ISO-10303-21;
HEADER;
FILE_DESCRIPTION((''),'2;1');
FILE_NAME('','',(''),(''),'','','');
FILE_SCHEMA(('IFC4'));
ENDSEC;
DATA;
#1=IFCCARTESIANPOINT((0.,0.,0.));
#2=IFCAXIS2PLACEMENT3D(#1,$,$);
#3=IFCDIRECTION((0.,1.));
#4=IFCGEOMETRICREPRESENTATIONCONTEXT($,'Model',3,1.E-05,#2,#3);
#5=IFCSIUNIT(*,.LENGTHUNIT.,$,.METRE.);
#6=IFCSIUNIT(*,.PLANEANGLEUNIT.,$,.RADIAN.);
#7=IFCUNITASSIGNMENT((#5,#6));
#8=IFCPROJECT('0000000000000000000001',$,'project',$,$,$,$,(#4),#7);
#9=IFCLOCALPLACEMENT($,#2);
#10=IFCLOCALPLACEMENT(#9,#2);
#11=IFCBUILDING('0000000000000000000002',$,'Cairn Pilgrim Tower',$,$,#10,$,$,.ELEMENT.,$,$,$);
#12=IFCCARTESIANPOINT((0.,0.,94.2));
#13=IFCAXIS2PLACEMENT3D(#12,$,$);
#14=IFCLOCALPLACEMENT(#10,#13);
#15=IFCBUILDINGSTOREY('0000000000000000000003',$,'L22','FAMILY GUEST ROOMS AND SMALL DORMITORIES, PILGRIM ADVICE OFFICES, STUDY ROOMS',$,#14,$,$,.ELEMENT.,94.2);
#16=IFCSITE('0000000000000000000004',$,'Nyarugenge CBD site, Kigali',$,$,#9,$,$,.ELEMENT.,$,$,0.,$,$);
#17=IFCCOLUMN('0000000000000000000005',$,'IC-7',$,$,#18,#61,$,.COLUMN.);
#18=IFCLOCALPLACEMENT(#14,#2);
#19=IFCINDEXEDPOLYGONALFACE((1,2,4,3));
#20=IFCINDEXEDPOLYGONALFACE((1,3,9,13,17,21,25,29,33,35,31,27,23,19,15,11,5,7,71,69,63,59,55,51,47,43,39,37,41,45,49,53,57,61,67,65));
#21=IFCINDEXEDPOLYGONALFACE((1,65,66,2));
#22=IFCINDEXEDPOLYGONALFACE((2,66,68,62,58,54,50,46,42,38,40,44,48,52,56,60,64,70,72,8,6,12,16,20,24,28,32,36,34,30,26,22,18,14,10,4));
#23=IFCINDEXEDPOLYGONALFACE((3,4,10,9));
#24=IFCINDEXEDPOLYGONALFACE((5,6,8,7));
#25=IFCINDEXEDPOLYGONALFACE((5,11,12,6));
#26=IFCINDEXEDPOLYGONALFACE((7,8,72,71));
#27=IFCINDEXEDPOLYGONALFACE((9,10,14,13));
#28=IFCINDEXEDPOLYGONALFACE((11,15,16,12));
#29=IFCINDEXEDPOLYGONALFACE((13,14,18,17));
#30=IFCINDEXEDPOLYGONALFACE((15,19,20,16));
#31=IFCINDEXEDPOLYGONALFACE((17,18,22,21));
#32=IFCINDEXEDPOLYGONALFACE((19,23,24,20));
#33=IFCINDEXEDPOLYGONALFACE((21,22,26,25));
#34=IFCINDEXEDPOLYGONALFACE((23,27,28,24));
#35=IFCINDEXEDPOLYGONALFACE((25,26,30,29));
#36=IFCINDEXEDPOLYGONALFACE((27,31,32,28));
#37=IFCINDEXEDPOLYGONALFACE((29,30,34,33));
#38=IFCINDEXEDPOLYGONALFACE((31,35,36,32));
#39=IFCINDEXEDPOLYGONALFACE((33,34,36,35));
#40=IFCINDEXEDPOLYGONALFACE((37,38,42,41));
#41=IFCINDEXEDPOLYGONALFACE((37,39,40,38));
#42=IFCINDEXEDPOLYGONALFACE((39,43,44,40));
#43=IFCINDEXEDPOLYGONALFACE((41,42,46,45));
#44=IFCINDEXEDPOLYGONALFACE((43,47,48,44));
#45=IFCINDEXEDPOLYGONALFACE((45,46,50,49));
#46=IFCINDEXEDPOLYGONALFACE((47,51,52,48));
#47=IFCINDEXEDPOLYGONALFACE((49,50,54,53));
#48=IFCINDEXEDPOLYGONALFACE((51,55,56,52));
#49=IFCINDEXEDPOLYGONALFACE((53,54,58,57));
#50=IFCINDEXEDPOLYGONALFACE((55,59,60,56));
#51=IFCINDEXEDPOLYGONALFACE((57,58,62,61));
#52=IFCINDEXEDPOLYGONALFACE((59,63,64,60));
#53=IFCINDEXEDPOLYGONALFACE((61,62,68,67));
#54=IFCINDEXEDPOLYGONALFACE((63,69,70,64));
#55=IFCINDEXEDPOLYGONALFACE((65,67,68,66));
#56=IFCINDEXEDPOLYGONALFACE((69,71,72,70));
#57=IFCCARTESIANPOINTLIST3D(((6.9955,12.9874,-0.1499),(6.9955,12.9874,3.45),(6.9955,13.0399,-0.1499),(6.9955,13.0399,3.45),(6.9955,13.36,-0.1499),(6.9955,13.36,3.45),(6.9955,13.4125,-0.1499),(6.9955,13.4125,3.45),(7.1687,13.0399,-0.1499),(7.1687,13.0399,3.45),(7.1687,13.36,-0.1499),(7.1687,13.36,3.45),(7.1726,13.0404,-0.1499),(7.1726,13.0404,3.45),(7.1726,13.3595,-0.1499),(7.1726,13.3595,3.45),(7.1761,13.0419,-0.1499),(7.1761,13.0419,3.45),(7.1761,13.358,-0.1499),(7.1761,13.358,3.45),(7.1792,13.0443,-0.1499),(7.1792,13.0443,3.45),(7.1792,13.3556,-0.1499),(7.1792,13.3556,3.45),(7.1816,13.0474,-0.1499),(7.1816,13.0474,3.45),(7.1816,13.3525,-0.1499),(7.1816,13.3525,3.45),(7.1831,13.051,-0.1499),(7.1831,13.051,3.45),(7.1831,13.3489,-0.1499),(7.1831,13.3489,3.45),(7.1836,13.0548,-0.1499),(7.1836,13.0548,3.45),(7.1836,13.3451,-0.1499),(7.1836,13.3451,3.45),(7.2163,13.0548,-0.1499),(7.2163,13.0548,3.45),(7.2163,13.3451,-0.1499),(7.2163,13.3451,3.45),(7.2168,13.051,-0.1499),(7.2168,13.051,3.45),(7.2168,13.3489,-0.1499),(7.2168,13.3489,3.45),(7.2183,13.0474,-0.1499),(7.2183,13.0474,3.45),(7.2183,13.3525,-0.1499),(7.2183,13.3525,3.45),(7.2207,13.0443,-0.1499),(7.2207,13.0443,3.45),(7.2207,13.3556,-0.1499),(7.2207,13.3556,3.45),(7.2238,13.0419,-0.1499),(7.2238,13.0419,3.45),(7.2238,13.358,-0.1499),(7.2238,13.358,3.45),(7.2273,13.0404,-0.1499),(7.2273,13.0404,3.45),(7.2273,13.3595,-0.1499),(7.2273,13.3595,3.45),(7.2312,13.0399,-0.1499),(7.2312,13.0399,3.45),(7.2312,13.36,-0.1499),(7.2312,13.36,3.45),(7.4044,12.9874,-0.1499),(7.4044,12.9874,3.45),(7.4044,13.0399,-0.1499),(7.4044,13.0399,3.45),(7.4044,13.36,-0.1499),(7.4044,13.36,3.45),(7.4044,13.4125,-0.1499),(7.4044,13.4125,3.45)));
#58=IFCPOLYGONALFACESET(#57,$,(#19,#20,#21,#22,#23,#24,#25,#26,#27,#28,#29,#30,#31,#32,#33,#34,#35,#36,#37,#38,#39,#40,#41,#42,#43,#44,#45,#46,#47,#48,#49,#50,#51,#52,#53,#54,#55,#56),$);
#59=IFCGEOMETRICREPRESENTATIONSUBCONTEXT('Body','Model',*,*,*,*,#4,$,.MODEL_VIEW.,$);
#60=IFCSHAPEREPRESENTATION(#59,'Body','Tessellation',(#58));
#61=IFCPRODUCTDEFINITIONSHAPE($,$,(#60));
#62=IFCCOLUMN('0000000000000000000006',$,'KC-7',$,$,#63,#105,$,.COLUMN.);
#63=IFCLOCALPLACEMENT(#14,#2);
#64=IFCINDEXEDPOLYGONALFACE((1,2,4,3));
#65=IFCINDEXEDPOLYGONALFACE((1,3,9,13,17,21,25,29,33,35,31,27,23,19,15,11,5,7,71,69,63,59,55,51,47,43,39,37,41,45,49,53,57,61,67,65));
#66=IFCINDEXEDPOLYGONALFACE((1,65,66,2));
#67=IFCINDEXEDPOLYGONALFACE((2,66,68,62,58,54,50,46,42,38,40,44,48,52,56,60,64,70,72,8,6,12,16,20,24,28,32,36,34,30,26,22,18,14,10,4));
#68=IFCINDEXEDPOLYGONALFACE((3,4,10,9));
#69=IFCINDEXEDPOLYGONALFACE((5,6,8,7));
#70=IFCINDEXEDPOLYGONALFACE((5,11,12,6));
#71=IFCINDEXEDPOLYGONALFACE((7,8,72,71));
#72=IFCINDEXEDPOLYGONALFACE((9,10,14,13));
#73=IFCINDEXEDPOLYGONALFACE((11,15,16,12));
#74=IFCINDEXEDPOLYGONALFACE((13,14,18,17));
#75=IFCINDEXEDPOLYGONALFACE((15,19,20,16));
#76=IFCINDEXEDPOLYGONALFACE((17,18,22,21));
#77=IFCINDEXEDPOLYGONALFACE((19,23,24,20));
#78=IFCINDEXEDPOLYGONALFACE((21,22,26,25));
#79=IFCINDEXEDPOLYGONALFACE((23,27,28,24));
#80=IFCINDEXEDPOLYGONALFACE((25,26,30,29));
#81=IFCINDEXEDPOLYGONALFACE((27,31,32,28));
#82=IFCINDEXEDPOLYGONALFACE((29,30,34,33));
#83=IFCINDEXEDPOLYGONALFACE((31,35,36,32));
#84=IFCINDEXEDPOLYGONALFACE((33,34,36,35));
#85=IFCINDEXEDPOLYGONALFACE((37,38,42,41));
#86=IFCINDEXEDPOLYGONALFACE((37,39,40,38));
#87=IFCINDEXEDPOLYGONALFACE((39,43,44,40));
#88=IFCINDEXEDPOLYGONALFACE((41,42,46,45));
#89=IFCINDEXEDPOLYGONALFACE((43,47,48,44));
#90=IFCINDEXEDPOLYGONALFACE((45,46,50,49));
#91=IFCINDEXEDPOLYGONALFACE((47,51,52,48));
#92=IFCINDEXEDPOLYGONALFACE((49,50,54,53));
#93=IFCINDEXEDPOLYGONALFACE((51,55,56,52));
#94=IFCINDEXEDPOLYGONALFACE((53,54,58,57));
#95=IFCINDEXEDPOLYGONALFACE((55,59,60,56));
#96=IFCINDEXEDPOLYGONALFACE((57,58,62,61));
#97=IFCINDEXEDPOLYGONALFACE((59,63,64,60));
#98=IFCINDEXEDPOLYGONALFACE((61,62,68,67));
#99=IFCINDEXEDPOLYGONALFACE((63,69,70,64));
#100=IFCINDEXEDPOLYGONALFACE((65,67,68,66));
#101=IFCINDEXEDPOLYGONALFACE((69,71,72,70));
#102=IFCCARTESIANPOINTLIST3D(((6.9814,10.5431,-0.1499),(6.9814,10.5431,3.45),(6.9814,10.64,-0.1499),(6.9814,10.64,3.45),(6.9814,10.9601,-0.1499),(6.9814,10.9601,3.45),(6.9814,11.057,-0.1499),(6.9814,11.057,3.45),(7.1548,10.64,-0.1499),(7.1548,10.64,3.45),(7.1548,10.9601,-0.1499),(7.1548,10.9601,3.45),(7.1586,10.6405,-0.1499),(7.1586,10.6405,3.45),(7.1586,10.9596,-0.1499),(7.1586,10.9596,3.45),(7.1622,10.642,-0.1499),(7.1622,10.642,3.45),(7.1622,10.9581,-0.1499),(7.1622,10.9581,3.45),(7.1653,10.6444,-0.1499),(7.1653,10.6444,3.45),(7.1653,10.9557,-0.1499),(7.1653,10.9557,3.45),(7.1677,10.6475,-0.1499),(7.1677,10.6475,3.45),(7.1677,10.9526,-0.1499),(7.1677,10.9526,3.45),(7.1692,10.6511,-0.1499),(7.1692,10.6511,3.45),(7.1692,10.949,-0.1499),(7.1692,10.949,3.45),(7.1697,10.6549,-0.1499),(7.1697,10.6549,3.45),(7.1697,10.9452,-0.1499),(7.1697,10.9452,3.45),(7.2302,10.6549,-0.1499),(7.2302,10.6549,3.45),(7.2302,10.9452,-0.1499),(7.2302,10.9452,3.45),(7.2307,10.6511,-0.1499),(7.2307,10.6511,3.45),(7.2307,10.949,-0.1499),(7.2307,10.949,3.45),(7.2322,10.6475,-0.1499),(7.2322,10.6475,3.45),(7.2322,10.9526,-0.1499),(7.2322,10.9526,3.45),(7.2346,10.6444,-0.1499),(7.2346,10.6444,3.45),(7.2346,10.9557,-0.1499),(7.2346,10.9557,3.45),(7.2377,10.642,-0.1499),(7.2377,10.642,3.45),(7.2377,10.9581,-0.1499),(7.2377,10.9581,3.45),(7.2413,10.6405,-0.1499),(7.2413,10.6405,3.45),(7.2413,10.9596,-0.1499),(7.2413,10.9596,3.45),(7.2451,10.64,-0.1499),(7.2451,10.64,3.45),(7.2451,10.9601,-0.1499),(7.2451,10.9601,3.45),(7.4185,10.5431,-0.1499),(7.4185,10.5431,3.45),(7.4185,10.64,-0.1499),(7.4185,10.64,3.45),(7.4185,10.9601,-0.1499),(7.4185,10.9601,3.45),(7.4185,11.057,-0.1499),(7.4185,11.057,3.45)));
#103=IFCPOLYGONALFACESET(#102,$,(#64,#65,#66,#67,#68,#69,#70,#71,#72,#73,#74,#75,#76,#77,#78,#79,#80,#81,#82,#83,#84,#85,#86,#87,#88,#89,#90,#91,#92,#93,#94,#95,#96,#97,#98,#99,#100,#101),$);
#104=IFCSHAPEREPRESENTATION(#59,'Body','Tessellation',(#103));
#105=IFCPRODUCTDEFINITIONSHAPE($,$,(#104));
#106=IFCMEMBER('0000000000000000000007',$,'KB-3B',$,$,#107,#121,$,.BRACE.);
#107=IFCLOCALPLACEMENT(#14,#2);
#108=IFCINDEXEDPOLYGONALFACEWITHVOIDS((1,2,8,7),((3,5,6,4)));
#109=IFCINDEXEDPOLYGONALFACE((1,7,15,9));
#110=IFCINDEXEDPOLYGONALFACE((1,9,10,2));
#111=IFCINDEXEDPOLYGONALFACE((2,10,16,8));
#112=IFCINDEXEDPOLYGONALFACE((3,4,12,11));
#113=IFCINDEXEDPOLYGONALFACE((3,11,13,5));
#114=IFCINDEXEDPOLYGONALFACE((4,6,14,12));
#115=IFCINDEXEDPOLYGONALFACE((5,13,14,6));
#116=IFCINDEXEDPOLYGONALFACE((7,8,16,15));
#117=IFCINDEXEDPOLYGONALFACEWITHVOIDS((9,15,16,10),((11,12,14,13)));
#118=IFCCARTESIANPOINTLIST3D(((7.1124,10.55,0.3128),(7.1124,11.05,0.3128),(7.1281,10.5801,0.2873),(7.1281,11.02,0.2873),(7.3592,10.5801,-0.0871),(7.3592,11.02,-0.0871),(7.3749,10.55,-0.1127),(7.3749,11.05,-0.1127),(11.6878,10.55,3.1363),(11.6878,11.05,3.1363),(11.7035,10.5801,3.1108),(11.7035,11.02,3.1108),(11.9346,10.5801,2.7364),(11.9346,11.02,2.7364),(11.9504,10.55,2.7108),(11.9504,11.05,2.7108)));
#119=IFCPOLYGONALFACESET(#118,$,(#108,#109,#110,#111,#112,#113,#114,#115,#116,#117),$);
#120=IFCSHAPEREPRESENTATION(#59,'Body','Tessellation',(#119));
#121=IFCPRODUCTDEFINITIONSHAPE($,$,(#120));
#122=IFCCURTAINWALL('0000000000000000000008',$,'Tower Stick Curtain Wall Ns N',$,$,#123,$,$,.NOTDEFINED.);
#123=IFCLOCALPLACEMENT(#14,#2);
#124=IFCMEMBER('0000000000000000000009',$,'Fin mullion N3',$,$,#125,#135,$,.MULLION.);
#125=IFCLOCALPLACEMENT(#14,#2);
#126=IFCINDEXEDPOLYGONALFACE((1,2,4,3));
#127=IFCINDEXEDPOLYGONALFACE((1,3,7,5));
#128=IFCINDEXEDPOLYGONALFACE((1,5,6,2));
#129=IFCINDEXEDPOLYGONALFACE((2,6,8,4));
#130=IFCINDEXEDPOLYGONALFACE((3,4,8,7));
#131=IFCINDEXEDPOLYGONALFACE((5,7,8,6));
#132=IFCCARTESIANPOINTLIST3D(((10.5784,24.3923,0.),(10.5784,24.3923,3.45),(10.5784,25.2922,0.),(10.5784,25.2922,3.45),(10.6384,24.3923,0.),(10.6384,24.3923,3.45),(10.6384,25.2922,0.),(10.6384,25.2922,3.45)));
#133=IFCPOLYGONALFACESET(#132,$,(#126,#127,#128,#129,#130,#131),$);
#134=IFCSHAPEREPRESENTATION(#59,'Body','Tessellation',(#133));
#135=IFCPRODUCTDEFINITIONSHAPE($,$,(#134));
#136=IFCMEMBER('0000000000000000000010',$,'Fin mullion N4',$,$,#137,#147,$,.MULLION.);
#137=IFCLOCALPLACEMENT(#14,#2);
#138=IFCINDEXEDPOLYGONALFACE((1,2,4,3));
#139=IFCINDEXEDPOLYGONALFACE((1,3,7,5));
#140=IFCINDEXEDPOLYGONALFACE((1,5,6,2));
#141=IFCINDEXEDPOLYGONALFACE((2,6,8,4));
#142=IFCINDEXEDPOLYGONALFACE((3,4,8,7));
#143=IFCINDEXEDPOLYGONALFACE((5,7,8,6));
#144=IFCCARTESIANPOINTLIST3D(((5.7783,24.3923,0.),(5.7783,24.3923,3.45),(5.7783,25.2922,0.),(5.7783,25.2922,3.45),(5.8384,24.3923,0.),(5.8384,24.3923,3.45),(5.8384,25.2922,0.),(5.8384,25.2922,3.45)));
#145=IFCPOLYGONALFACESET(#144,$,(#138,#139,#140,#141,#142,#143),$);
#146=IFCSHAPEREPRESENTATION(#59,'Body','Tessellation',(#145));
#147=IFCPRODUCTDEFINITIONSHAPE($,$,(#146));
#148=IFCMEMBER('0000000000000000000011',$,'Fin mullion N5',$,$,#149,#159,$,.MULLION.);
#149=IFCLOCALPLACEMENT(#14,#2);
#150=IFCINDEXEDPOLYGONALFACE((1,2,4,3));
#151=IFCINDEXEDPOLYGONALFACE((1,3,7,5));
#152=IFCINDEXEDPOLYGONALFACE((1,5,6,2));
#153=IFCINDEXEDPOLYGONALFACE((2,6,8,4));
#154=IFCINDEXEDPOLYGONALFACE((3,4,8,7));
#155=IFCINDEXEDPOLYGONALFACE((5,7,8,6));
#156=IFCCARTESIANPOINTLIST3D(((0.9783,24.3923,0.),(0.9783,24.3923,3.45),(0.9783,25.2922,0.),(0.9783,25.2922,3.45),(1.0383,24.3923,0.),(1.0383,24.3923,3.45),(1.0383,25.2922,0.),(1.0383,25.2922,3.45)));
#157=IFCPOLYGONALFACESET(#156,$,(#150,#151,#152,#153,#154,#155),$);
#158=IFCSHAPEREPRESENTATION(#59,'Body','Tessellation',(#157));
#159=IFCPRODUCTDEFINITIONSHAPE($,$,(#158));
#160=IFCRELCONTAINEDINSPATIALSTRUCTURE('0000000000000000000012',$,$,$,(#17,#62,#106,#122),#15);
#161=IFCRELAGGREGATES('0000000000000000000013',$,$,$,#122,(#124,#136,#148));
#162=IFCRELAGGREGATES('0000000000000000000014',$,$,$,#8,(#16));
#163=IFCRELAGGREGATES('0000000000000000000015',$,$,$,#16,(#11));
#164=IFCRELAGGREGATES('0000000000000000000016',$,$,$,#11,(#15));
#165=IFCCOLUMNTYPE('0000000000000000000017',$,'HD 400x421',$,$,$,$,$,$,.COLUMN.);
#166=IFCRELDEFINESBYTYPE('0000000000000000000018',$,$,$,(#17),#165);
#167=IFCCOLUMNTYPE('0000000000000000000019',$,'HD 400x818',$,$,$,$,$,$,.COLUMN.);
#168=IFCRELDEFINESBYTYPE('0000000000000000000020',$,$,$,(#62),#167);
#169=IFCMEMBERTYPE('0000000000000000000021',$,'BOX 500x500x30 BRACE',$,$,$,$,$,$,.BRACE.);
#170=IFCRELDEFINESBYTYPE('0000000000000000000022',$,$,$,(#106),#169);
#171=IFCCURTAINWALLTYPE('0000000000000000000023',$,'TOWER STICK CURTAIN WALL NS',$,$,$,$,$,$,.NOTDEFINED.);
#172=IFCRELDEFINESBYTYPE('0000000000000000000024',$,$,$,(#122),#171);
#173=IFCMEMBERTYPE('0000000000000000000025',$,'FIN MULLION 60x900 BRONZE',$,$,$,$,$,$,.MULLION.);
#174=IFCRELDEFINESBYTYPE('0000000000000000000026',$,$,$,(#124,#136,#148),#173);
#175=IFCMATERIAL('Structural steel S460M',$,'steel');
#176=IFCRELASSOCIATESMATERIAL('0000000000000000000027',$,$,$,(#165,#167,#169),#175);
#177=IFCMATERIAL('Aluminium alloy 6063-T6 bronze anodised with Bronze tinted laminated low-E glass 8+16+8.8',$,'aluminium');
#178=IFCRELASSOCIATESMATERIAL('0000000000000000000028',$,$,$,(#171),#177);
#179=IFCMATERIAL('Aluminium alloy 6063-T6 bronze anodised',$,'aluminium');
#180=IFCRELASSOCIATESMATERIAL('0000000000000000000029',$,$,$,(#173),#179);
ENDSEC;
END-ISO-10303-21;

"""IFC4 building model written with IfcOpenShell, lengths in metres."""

from ifc_helpers import new_model, si_unit, direction, frame, origin, origin_2d, place, context, subcontext, project, spatial, rectangle, hollow_rectangle, i_section, extrude, material, material_profile, profile_set, type_object, element, aggregate, save


model = new_model("IFC4")

# Units and contexts
model_context = context("Model", 3, precision=1e-05, world=origin(), true_north=direction((0.0, 1.0)))
body_context = subcontext(model_context, "Body", "Model", "MODEL_VIEW")
ifc_project = project(units=[si_unit("LENGTHUNIT", "METRE"), si_unit("PLANEANGLEUNIT", "RADIAN")], contexts=[model_context])

# Site, building, storey
site_placement = place(None, origin())
site = spatial("IfcSite", under=ifc_project, at=site_placement, Name="Nyarugenge CBD site, Kigali", CompositionType="ELEMENT", RefElevation=0.0)
building_placement = place(site_placement, origin())
building = spatial("IfcBuilding", under=site, at=building_placement, Name="Cairn Pilgrim Tower", CompositionType="ELEMENT")
storey_placement = place(building_placement, frame((0.0, 0.0, 94.2)))
storey = spatial("IfcBuildingStorey", under=building, at=storey_placement, Name="L22", Description="FAMILY GUEST ROOMS AND SMALL DORMITORIES, PILGRIM ADVICE OFFICES, STUDY ROOMS", CompositionType="ELEMENT", Elevation=94.2)

# Columns
ifc_material_1 = material(Name="Structural steel S460M", Category="steel")
ifc_material_profile_1 = material_profile(ifc_material_1, i_section(OverallWidth=0.4089, OverallDepth=0.425, WebThickness=0.0327, FlangeThickness=0.0525, FilletRadius=0.0149, at=origin_2d()), Name="HD 400x421")
ifc_profile_set_1 = profile_set([ifc_material_profile_1], Name="Structural steel S460M")
column_type_1 = type_object("IfcColumnType", Name="HD 400x421", PredefinedType="COLUMN", material=ifc_profile_set_1)
column_1_placement = place(storey_placement, frame((7.2, 13.2, -0.1499), z_axis=(0.0, 0.0, 1.0), x_axis=(1.0, 0.0, 0.0)))
element("IfcColumn", 1, at=column_1_placement, inside=storey, type_object=column_type_1, Name="IC-7", PredefinedType="COLUMN", context=body_context, shape_type="SweptSolid", body=[
    extrude(i_section(OverallWidth=0.4089, OverallDepth=0.425, WebThickness=0.0327, FlangeThickness=0.0525, FilletRadius=0.0149, at=origin_2d()), origin(), (0.0, 0.0, 1.0), 3.5999),
])
ifc_material_profile_2 = material_profile(ifc_material_1, i_section(OverallWidth=0.437, OverallDepth=0.5139, WebThickness=0.0605, FlangeThickness=0.0969, FilletRadius=0.0149, at=origin_2d()), Name="HD 400x818")
ifc_profile_set_2 = profile_set([ifc_material_profile_2], Name="Structural steel S460M")
column_type_2 = type_object("IfcColumnType", Name="HD 400x818", PredefinedType="COLUMN", material=ifc_profile_set_2)
column_2_placement = place(storey_placement, frame((7.2, 10.8, -0.1499), z_axis=(0.0, 0.0, 1.0), x_axis=(1.0, 0.0, 0.0)))
element("IfcColumn", 2, at=column_2_placement, inside=storey, type_object=column_type_2, Name="KC-7", PredefinedType="COLUMN", context=body_context, shape_type="SweptSolid", body=[
    extrude(i_section(OverallWidth=0.437, OverallDepth=0.5139, WebThickness=0.0605, FlangeThickness=0.0969, FilletRadius=0.0149, at=origin_2d()), origin(), (0.0, 0.0, 1.0), 3.5999),
])

# Member
ifc_material_profile_3 = material_profile(ifc_material_1, hollow_rectangle(XDim=0.5, YDim=0.5, WallThickness=0.03, at=origin_2d()), Name="BOX 500x500x30")
ifc_profile_set_3 = profile_set([ifc_material_profile_3], Name="Structural steel S460M")
member_type_1 = type_object("IfcMemberType", Name="BOX 500x500x30 BRACE", PredefinedType="BRACE", material=ifc_profile_set_3)
member_1_placement = place(storey_placement, frame((7.2437, 10.8, 0.1001), z_axis=(0.851008, 0.0, 0.525154), x_axis=(0.0, 1.0, 0.0)))
element("IfcMember", 3, at=member_1_placement, inside=storey, type_object=member_type_1, Name="KB-3B", PredefinedType="BRACE", context=body_context, shape_type="SweptSolid", body=[
    extrude(hollow_rectangle(XDim=0.5, YDim=0.5, WallThickness=0.03, at=origin_2d()), origin(), (0.0, 0.0, 1.0), 5.3765),
])

# Curtain wall, members
ifc_material_2 = material(Name="Aluminium alloy 6063-T6 bronze anodised with Bronze tinted laminated low-E glass 8+16+8.8", Category="aluminium")
curtain_wall_type = type_object("IfcCurtainWallType", Name="TOWER STICK CURTAIN WALL NS", PredefinedType="NOTDEFINED", material=ifc_material_2)
curtain_wall_placement = place(storey_placement, origin())
curtain_wall = element("IfcCurtainWall", 4, at=curtain_wall_placement, inside=storey, type_object=curtain_wall_type, Name="Tower Stick Curtain Wall Ns N", PredefinedType="NOTDEFINED")
ifc_material_3 = material(Name="Aluminium alloy 6063-T6 bronze anodised", Category="aluminium")
ifc_material_profile_4 = material_profile(ifc_material_3, rectangle(XDim=0.8999, YDim=0.0601, at=origin_2d()), Name="FIN MULLION 60x900 BRONZE")
ifc_profile_set_4 = profile_set([ifc_material_profile_4], Name="Aluminium alloy 6063-T6 bronze anodised")
member_type_2 = type_object("IfcMemberType", Name="FIN MULLION 60x900 BRONZE", PredefinedType="MULLION", material=ifc_profile_set_4)
member_2_placement = place(storey_placement, frame((10.6084, 24.8423, 0.0), z_axis=(0.0, 0.0, 1.0), x_axis=(0.0, 1.0, 0.0)))
member_2 = element("IfcMember", 5, at=member_2_placement, type_object=member_type_2, Name="Fin mullion N3", PredefinedType="MULLION", context=body_context, shape_type="SweptSolid", body=[
    extrude(rectangle(XDim=0.8999, YDim=0.0601, at=origin_2d()), origin(), (0.0, 0.0, 1.0), 3.45),
])
member_3_placement = place(storey_placement, frame((5.8083, 24.8423, 0.0), z_axis=(0.0, 0.0, 1.0), x_axis=(0.0, 1.0, 0.0)))
member_3 = element("IfcMember", 6, at=member_3_placement, type_object=member_type_2, Name="Fin mullion N4", PredefinedType="MULLION", context=body_context, shape_type="SweptSolid", body=[
    extrude(rectangle(XDim=0.8999, YDim=0.0601, at=origin_2d()), origin(), (0.0, 0.0, 1.0), 3.45),
])
member_4_placement = place(storey_placement, frame((1.0083, 24.8423, 0.0), z_axis=(0.0, 0.0, 1.0), x_axis=(0.0, 1.0, 0.0)))
member_4 = element("IfcMember", 7, at=member_4_placement, type_object=member_type_2, Name="Fin mullion N5", PredefinedType="MULLION", context=body_context, shape_type="SweptSolid", body=[
    extrude(rectangle(XDim=0.8999, YDim=0.0601, at=origin_2d()), origin(), (0.0, 0.0, 1.0), 3.45),
])

aggregate(curtain_wall, [member_2, member_3, member_4])

save(model, "model.ifc")
